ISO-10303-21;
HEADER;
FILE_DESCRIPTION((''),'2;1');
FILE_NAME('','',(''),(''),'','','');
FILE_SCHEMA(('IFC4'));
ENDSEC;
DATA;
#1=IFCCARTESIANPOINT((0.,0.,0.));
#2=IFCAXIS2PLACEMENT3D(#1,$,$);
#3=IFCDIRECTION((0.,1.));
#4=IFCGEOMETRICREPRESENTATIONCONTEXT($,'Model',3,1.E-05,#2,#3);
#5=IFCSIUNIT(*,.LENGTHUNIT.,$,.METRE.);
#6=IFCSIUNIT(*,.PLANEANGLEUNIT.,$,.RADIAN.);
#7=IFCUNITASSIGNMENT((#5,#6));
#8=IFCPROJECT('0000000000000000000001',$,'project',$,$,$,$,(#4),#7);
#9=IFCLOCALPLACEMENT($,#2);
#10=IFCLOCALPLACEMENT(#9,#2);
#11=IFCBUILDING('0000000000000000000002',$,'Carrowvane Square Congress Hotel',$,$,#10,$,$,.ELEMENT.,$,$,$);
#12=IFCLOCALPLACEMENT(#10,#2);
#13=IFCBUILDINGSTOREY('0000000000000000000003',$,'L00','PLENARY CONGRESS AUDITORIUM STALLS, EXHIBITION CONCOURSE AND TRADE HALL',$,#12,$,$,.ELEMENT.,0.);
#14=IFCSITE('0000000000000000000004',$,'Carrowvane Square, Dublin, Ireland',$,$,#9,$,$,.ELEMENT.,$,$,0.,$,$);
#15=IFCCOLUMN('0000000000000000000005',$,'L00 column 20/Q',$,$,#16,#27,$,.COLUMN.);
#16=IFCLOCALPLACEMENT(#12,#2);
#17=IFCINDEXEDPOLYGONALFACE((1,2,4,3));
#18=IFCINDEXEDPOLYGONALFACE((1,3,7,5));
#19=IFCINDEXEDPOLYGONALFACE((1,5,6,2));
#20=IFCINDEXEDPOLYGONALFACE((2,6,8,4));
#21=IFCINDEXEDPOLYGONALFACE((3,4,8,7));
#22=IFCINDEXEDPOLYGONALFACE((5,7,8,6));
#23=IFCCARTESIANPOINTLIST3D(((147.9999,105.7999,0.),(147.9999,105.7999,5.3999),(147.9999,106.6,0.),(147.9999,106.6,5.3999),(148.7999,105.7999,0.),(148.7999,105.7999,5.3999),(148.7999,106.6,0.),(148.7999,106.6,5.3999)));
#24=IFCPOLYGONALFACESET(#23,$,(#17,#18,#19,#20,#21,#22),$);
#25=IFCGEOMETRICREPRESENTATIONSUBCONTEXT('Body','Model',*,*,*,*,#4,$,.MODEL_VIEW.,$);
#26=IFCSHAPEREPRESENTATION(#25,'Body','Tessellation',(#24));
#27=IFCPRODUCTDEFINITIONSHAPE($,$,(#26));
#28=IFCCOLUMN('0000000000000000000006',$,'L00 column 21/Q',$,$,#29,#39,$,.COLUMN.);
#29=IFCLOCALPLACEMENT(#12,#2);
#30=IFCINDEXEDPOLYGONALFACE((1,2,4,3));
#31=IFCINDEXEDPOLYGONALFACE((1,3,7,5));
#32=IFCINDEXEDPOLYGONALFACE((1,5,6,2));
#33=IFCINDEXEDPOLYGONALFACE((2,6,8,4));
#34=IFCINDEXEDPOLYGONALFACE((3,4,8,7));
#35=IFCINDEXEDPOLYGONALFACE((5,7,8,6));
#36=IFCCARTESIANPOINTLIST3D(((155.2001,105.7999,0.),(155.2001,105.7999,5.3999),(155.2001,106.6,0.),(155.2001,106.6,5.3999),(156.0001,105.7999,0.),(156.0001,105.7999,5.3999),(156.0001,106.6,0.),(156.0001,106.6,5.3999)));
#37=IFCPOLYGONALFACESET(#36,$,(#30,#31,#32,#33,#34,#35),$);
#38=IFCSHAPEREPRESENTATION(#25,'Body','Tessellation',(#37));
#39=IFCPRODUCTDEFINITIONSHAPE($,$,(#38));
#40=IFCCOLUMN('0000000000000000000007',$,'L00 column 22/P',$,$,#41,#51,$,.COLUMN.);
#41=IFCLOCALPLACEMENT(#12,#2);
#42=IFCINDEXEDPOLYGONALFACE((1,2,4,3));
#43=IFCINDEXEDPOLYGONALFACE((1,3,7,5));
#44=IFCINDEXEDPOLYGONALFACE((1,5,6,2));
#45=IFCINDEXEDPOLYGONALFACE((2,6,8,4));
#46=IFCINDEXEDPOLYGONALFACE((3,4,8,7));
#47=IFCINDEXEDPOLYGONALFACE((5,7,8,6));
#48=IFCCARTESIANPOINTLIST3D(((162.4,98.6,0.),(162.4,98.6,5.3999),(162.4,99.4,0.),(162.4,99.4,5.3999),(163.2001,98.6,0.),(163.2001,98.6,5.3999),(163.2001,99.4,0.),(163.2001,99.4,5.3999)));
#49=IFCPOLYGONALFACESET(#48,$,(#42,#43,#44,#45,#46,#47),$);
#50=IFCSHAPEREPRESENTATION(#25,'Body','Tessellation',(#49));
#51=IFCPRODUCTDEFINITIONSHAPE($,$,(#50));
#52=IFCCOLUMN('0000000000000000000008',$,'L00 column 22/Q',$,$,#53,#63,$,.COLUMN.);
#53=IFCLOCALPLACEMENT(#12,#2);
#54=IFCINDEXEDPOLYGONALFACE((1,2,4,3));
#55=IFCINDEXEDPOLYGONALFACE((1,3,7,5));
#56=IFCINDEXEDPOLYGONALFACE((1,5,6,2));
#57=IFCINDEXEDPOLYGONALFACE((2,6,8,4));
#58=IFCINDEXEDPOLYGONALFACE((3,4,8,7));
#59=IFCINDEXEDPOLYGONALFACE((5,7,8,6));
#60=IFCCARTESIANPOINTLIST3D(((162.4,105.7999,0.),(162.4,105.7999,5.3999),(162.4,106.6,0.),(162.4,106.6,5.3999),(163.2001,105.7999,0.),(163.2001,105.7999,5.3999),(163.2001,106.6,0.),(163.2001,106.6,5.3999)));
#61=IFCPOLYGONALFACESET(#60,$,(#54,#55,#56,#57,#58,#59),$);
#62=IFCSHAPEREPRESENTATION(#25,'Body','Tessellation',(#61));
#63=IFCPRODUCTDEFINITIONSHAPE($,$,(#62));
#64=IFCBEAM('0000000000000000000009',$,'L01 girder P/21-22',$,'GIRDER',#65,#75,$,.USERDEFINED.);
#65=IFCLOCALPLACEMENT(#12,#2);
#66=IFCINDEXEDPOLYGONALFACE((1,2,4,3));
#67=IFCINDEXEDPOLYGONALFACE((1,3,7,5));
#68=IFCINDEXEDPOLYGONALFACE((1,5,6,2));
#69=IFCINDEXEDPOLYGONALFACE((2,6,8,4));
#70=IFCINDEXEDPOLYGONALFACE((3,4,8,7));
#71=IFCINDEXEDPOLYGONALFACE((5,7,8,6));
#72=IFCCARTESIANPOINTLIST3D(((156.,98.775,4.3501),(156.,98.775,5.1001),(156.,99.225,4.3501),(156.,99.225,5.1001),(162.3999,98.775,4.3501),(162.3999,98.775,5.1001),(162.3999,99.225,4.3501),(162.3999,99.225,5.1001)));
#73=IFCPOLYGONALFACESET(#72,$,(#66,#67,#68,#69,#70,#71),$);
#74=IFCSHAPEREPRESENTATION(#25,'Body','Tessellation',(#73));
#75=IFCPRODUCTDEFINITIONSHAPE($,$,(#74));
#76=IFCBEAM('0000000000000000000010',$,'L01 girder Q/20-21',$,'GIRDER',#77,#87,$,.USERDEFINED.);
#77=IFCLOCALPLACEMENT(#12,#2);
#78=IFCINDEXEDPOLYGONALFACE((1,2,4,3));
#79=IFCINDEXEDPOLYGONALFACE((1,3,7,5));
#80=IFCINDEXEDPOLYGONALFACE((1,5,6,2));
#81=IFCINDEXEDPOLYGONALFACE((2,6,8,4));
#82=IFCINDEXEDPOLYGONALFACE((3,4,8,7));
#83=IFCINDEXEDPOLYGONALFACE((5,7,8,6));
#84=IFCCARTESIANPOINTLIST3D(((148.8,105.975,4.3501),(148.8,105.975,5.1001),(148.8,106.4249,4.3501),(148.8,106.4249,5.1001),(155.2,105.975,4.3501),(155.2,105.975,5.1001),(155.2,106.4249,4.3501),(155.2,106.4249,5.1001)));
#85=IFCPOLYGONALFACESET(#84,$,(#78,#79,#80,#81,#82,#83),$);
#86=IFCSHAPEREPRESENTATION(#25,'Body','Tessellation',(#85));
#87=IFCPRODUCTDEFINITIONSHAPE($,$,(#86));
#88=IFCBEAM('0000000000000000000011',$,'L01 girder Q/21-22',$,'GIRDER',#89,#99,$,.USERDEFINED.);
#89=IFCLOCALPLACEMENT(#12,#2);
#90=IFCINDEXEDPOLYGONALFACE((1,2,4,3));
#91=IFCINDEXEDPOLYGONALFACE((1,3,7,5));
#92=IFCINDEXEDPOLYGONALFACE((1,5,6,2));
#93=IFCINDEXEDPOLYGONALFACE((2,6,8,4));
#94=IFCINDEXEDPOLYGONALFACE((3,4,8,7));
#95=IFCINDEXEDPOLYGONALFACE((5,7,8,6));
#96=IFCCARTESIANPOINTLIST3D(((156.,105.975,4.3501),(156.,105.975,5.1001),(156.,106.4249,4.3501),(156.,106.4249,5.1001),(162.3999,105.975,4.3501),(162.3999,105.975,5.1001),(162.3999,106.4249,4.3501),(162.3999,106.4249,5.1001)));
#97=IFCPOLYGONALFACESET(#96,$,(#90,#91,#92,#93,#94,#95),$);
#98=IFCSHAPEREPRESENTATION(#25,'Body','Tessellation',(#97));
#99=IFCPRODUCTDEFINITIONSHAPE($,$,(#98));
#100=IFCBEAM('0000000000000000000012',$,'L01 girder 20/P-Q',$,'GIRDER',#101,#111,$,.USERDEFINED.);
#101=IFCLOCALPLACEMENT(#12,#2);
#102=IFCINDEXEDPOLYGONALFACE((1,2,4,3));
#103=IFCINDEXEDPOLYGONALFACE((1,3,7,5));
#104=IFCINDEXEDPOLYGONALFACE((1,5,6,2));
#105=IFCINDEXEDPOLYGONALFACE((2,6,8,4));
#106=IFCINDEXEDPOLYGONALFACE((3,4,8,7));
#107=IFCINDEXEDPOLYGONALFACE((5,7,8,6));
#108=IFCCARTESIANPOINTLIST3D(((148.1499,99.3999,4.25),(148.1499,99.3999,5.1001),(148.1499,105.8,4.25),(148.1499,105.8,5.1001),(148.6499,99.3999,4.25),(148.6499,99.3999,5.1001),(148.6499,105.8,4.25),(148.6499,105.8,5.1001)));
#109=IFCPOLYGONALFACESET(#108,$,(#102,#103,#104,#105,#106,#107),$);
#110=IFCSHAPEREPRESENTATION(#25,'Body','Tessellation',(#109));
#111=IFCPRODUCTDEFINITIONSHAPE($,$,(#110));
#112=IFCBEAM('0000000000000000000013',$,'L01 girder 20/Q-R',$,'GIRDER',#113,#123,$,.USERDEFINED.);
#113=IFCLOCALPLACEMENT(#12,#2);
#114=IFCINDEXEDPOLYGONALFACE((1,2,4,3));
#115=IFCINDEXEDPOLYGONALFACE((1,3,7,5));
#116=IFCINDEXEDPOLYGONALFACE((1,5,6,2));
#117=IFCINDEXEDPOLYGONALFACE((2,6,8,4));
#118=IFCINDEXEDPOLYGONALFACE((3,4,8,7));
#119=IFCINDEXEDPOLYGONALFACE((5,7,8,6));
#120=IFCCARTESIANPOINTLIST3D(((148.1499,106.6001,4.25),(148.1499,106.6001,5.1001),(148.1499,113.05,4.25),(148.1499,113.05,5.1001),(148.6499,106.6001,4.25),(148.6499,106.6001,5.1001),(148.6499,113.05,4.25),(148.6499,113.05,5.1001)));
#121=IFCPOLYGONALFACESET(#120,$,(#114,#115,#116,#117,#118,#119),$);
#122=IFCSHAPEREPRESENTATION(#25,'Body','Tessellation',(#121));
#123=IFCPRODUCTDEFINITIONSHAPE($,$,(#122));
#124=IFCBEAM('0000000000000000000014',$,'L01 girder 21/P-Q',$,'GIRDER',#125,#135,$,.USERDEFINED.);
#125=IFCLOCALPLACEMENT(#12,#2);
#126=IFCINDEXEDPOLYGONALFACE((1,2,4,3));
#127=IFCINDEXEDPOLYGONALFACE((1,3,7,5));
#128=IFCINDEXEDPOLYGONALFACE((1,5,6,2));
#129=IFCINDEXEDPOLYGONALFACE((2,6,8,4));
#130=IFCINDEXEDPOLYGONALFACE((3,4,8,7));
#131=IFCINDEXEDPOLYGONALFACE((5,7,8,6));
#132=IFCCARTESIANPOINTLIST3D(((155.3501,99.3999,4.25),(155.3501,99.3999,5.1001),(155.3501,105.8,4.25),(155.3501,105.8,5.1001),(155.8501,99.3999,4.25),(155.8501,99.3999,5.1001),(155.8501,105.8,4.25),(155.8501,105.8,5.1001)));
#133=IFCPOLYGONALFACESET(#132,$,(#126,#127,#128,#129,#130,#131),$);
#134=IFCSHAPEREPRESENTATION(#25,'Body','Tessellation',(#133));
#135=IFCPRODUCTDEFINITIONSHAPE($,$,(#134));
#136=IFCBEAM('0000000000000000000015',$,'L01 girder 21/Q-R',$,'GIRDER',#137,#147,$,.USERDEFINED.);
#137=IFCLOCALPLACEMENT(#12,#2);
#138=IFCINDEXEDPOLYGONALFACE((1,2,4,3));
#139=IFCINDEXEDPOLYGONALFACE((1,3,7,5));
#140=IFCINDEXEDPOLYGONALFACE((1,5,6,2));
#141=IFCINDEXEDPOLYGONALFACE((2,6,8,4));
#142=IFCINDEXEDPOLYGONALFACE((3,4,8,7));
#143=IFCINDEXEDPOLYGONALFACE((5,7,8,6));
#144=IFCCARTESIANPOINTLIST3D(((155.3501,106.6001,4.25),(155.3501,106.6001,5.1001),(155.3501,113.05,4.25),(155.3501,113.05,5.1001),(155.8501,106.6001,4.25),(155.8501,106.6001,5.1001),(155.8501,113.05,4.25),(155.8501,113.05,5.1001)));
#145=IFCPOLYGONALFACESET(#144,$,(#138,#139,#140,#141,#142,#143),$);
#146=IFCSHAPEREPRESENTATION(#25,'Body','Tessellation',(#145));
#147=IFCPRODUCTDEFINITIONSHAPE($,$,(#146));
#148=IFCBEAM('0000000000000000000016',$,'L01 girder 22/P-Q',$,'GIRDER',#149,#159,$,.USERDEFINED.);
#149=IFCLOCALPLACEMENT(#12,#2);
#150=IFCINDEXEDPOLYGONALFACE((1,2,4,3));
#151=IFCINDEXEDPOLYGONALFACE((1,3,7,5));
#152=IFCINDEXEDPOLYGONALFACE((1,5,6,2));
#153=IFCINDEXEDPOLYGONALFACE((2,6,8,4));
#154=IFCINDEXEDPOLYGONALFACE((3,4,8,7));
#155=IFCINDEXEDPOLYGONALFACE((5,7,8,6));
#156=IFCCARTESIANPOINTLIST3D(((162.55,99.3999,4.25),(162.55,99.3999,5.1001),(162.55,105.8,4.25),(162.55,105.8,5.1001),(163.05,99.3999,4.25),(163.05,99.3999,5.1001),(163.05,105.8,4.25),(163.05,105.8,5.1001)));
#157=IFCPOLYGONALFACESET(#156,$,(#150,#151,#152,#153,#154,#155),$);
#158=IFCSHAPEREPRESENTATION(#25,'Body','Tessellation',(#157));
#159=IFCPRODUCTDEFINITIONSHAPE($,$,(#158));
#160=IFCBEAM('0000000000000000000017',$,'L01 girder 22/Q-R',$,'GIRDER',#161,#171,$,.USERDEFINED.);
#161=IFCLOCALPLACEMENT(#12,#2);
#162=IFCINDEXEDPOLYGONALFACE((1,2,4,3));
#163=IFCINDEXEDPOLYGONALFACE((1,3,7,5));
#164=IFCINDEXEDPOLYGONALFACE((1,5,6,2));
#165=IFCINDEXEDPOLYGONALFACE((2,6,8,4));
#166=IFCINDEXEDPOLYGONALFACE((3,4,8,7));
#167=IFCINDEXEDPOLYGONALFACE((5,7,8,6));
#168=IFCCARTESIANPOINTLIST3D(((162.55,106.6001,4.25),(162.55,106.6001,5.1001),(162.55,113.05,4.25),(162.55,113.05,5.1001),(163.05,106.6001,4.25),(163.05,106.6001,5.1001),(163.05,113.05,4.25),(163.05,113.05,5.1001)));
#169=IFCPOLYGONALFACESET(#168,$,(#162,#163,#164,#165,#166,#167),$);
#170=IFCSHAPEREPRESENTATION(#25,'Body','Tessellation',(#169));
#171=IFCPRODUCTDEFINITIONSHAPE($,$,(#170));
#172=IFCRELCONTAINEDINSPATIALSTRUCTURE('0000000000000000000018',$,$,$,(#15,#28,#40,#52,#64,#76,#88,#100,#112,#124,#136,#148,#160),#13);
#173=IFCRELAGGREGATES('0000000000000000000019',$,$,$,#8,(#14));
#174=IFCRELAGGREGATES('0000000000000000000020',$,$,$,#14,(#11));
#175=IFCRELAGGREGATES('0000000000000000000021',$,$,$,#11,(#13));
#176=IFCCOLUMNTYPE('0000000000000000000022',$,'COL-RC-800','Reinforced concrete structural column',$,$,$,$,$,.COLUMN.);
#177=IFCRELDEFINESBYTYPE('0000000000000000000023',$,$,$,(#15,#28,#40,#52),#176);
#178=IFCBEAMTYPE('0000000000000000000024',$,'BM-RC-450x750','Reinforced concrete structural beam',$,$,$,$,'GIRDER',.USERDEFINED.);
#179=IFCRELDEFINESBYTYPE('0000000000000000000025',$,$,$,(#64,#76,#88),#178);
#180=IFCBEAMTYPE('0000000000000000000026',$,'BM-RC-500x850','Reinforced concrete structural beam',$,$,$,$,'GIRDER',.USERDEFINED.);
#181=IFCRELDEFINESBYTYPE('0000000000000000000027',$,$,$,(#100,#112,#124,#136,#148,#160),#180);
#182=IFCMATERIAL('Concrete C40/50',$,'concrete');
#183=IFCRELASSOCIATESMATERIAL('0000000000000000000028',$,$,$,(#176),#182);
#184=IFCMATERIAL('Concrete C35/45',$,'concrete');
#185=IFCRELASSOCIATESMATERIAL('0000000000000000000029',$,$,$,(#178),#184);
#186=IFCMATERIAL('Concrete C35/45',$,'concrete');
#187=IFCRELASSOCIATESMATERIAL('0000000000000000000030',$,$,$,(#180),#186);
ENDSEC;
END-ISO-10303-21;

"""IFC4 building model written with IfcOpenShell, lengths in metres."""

from ifc_helpers import new_model, si_unit, direction, frame, origin, origin_2d, place, context, subcontext, project, spatial, rectangle, extrude, material, material_profile, profile_set, type_object, element, save


model = new_model("IFC4")

# Units and contexts
model_context = context("Model", 3, precision=1e-05, world=origin(), true_north=direction((0.0, 1.0)))
body_context = subcontext(model_context, "Body", "Model", "MODEL_VIEW")
ifc_project = project(units=[si_unit("LENGTHUNIT", "METRE"), si_unit("PLANEANGLEUNIT", "RADIAN")], contexts=[model_context])

# Site, building, storey
site_placement = place(None, origin())
site = spatial("IfcSite", under=ifc_project, at=site_placement, Name="Carrowvane Square, Dublin, Ireland", CompositionType="ELEMENT", RefElevation=0.0)
building_placement = place(site_placement, origin())
building = spatial("IfcBuilding", under=site, at=building_placement, Name="Carrowvane Square Congress Hotel", CompositionType="ELEMENT")
storey_placement = place(building_placement, origin())
storey = spatial("IfcBuildingStorey", under=building, at=storey_placement, Name="L00", Description="PLENARY CONGRESS AUDITORIUM STALLS, EXHIBITION CONCOURSE AND TRADE HALL", CompositionType="ELEMENT", Elevation=0.0)

# Columns
ifc_material_1 = material(Name="Concrete C40/50", Category="concrete")
ifc_material_profile_1 = material_profile(ifc_material_1, rectangle(XDim=0.8, YDim=0.8, at=origin_2d()), Name="RC 800x800")
ifc_profile_set_1 = profile_set([ifc_material_profile_1], Name="Concrete C40/50")
column_type = type_object("IfcColumnType", Name="COL-RC-800", Description="Reinforced concrete structural column", PredefinedType="COLUMN", material=ifc_profile_set_1)
for number, where, z_axis, x_axis, name in (
    (1, (148.3999, 106.2, 0.0), (0.0, 0.0, 1.0), (1.0, 0.0, 0.0), "L00 column 20/Q"),
    (2, (155.6001, 106.2, 0.0), (0.0, 0.0, 1.0), (1.0, 0.0, 0.0), "L00 column 21/Q"),
    (3, (162.8, 99.0, 0.0), (0.0, 0.0, 1.0), (1.0, 0.0, 0.0), "L00 column 22/P"),
    (4, (162.8, 106.2, 0.0), (0.0, 0.0, 1.0), (1.0, 0.0, 0.0), "L00 column 22/Q"),
):
    element("IfcColumn", number, at=place(storey_placement, frame(where, z_axis=z_axis, x_axis=x_axis)), inside=storey, type_object=column_type, Name=name, PredefinedType="COLUMN", context=body_context, shape_type="SweptSolid", body=[
        extrude(rectangle(XDim=0.8, YDim=0.8, at=origin_2d()), origin(), (0.0, 0.0, 1.0), 5.3999),
    ])

# Beams
ifc_material_2 = material(Name="Concrete C35/45", Category="concrete")
ifc_material_profile_2 = material_profile(ifc_material_2, rectangle(XDim=0.45, YDim=0.75, at=origin_2d()), Name="RC 450x750")
ifc_profile_set_2 = profile_set([ifc_material_profile_2], Name="Concrete C35/45")
beam_type_1 = type_object("IfcBeamType", Name="BM-RC-450x750", Description="Reinforced concrete structural beam", ElementType="GIRDER", PredefinedType="USERDEFINED", material=ifc_profile_set_2)
for number, where, z_axis, x_axis, name in (
    (5, (156.0, 99.0, 4.7251), (1.0, 0.0, 0.0), (0.0, 1.0, 0.0), "L01 girder P/21-22"),
    (6, (148.8, 106.2, 4.7251), (1.0, 0.0, 0.0), (0.0, 1.0, 0.0), "L01 girder Q/20-21"),
    (7, (156.0, 106.2, 4.7251), (1.0, 0.0, 0.0), (0.0, 1.0, 0.0), "L01 girder Q/21-22"),
):
    element("IfcBeam", number, at=place(storey_placement, frame(where, z_axis=z_axis, x_axis=x_axis)), inside=storey, type_object=beam_type_1, Name=name, ObjectType="GIRDER", PredefinedType="USERDEFINED", context=body_context, shape_type="SweptSolid", body=[
        extrude(rectangle(XDim=0.45, YDim=0.75, at=origin_2d()), origin(), (0.0, 0.0, 1.0), 6.3999),
    ])
ifc_material_3 = material(Name="Concrete C35/45", Category="concrete")
ifc_material_profile_3 = material_profile(ifc_material_3, rectangle(XDim=0.5, YDim=0.8501, at=origin_2d()), Name="RC 500x850")
ifc_profile_set_3 = profile_set([ifc_material_profile_3], Name="Concrete C35/45")
beam_type_2 = type_object("IfcBeamType", Name="BM-RC-500x850", Description="Reinforced concrete structural beam", ElementType="GIRDER", PredefinedType="USERDEFINED", material=ifc_profile_set_3)
beam_1_placement = place(storey_placement, frame((148.3999, 99.3999, 4.675), z_axis=(0.0, 1.0, 0.0), x_axis=(-1.0, 0.0, 0.0)))
element("IfcBeam", 8, at=beam_1_placement, inside=storey, type_object=beam_type_2, Name="L01 girder 20/P-Q", ObjectType="GIRDER", PredefinedType="USERDEFINED", context=body_context, shape_type="SweptSolid", body=[
    extrude(rectangle(XDim=0.5, YDim=0.8501, at=origin_2d()), origin(), (0.0, 0.0, 1.0), 6.4001),
])
beam_2_placement = place(storey_placement, frame((148.3999, 106.6001, 4.675), z_axis=(0.0, 1.0, 0.0), x_axis=(-1.0, 0.0, 0.0)))
element("IfcBeam", 9, at=beam_2_placement, inside=storey, type_object=beam_type_2, Name="L01 girder 20/Q-R", ObjectType="GIRDER", PredefinedType="USERDEFINED", context=body_context, shape_type="SweptSolid", body=[
    extrude(rectangle(XDim=0.5, YDim=0.8501, at=origin_2d()), origin(), (0.0, 0.0, 1.0), 6.45),
])
beam_3_placement = place(storey_placement, frame((155.6001, 99.3999, 4.675), z_axis=(0.0, 1.0, 0.0), x_axis=(-1.0, 0.0, 0.0)))
element("IfcBeam", 10, at=beam_3_placement, inside=storey, type_object=beam_type_2, Name="L01 girder 21/P-Q", ObjectType="GIRDER", PredefinedType="USERDEFINED", context=body_context, shape_type="SweptSolid", body=[
    extrude(rectangle(XDim=0.5, YDim=0.8501, at=origin_2d()), origin(), (0.0, 0.0, 1.0), 6.4001),
])
beam_4_placement = place(storey_placement, frame((155.6001, 106.6001, 4.675), z_axis=(0.0, 1.0, 0.0), x_axis=(-1.0, 0.0, 0.0)))
element("IfcBeam", 11, at=beam_4_placement, inside=storey, type_object=beam_type_2, Name="L01 girder 21/Q-R", ObjectType="GIRDER", PredefinedType="USERDEFINED", context=body_context, shape_type="SweptSolid", body=[
    extrude(rectangle(XDim=0.5, YDim=0.8501, at=origin_2d()), origin(), (0.0, 0.0, 1.0), 6.45),
])
beam_5_placement = place(storey_placement, frame((162.8, 99.3999, 4.675), z_axis=(0.0, 1.0, 0.0), x_axis=(-1.0, 0.0, 0.0)))
element("IfcBeam", 12, at=beam_5_placement, inside=storey, type_object=beam_type_2, Name="L01 girder 22/P-Q", ObjectType="GIRDER", PredefinedType="USERDEFINED", context=body_context, shape_type="SweptSolid", body=[
    extrude(rectangle(XDim=0.5, YDim=0.8501, at=origin_2d()), origin(), (0.0, 0.0, 1.0), 6.4001),
])
beam_6_placement = place(storey_placement, frame((162.8, 106.6001, 4.675), z_axis=(0.0, 1.0, 0.0), x_axis=(-1.0, 0.0, 0.0)))
element("IfcBeam", 13, at=beam_6_placement, inside=storey, type_object=beam_type_2, Name="L01 girder 22/Q-R", ObjectType="GIRDER", PredefinedType="USERDEFINED", context=body_context, shape_type="SweptSolid", body=[
    extrude(rectangle(XDim=0.5, YDim=0.8501, at=origin_2d()), origin(), (0.0, 0.0, 1.0), 6.45),
])

save(model, "model.ifc")
